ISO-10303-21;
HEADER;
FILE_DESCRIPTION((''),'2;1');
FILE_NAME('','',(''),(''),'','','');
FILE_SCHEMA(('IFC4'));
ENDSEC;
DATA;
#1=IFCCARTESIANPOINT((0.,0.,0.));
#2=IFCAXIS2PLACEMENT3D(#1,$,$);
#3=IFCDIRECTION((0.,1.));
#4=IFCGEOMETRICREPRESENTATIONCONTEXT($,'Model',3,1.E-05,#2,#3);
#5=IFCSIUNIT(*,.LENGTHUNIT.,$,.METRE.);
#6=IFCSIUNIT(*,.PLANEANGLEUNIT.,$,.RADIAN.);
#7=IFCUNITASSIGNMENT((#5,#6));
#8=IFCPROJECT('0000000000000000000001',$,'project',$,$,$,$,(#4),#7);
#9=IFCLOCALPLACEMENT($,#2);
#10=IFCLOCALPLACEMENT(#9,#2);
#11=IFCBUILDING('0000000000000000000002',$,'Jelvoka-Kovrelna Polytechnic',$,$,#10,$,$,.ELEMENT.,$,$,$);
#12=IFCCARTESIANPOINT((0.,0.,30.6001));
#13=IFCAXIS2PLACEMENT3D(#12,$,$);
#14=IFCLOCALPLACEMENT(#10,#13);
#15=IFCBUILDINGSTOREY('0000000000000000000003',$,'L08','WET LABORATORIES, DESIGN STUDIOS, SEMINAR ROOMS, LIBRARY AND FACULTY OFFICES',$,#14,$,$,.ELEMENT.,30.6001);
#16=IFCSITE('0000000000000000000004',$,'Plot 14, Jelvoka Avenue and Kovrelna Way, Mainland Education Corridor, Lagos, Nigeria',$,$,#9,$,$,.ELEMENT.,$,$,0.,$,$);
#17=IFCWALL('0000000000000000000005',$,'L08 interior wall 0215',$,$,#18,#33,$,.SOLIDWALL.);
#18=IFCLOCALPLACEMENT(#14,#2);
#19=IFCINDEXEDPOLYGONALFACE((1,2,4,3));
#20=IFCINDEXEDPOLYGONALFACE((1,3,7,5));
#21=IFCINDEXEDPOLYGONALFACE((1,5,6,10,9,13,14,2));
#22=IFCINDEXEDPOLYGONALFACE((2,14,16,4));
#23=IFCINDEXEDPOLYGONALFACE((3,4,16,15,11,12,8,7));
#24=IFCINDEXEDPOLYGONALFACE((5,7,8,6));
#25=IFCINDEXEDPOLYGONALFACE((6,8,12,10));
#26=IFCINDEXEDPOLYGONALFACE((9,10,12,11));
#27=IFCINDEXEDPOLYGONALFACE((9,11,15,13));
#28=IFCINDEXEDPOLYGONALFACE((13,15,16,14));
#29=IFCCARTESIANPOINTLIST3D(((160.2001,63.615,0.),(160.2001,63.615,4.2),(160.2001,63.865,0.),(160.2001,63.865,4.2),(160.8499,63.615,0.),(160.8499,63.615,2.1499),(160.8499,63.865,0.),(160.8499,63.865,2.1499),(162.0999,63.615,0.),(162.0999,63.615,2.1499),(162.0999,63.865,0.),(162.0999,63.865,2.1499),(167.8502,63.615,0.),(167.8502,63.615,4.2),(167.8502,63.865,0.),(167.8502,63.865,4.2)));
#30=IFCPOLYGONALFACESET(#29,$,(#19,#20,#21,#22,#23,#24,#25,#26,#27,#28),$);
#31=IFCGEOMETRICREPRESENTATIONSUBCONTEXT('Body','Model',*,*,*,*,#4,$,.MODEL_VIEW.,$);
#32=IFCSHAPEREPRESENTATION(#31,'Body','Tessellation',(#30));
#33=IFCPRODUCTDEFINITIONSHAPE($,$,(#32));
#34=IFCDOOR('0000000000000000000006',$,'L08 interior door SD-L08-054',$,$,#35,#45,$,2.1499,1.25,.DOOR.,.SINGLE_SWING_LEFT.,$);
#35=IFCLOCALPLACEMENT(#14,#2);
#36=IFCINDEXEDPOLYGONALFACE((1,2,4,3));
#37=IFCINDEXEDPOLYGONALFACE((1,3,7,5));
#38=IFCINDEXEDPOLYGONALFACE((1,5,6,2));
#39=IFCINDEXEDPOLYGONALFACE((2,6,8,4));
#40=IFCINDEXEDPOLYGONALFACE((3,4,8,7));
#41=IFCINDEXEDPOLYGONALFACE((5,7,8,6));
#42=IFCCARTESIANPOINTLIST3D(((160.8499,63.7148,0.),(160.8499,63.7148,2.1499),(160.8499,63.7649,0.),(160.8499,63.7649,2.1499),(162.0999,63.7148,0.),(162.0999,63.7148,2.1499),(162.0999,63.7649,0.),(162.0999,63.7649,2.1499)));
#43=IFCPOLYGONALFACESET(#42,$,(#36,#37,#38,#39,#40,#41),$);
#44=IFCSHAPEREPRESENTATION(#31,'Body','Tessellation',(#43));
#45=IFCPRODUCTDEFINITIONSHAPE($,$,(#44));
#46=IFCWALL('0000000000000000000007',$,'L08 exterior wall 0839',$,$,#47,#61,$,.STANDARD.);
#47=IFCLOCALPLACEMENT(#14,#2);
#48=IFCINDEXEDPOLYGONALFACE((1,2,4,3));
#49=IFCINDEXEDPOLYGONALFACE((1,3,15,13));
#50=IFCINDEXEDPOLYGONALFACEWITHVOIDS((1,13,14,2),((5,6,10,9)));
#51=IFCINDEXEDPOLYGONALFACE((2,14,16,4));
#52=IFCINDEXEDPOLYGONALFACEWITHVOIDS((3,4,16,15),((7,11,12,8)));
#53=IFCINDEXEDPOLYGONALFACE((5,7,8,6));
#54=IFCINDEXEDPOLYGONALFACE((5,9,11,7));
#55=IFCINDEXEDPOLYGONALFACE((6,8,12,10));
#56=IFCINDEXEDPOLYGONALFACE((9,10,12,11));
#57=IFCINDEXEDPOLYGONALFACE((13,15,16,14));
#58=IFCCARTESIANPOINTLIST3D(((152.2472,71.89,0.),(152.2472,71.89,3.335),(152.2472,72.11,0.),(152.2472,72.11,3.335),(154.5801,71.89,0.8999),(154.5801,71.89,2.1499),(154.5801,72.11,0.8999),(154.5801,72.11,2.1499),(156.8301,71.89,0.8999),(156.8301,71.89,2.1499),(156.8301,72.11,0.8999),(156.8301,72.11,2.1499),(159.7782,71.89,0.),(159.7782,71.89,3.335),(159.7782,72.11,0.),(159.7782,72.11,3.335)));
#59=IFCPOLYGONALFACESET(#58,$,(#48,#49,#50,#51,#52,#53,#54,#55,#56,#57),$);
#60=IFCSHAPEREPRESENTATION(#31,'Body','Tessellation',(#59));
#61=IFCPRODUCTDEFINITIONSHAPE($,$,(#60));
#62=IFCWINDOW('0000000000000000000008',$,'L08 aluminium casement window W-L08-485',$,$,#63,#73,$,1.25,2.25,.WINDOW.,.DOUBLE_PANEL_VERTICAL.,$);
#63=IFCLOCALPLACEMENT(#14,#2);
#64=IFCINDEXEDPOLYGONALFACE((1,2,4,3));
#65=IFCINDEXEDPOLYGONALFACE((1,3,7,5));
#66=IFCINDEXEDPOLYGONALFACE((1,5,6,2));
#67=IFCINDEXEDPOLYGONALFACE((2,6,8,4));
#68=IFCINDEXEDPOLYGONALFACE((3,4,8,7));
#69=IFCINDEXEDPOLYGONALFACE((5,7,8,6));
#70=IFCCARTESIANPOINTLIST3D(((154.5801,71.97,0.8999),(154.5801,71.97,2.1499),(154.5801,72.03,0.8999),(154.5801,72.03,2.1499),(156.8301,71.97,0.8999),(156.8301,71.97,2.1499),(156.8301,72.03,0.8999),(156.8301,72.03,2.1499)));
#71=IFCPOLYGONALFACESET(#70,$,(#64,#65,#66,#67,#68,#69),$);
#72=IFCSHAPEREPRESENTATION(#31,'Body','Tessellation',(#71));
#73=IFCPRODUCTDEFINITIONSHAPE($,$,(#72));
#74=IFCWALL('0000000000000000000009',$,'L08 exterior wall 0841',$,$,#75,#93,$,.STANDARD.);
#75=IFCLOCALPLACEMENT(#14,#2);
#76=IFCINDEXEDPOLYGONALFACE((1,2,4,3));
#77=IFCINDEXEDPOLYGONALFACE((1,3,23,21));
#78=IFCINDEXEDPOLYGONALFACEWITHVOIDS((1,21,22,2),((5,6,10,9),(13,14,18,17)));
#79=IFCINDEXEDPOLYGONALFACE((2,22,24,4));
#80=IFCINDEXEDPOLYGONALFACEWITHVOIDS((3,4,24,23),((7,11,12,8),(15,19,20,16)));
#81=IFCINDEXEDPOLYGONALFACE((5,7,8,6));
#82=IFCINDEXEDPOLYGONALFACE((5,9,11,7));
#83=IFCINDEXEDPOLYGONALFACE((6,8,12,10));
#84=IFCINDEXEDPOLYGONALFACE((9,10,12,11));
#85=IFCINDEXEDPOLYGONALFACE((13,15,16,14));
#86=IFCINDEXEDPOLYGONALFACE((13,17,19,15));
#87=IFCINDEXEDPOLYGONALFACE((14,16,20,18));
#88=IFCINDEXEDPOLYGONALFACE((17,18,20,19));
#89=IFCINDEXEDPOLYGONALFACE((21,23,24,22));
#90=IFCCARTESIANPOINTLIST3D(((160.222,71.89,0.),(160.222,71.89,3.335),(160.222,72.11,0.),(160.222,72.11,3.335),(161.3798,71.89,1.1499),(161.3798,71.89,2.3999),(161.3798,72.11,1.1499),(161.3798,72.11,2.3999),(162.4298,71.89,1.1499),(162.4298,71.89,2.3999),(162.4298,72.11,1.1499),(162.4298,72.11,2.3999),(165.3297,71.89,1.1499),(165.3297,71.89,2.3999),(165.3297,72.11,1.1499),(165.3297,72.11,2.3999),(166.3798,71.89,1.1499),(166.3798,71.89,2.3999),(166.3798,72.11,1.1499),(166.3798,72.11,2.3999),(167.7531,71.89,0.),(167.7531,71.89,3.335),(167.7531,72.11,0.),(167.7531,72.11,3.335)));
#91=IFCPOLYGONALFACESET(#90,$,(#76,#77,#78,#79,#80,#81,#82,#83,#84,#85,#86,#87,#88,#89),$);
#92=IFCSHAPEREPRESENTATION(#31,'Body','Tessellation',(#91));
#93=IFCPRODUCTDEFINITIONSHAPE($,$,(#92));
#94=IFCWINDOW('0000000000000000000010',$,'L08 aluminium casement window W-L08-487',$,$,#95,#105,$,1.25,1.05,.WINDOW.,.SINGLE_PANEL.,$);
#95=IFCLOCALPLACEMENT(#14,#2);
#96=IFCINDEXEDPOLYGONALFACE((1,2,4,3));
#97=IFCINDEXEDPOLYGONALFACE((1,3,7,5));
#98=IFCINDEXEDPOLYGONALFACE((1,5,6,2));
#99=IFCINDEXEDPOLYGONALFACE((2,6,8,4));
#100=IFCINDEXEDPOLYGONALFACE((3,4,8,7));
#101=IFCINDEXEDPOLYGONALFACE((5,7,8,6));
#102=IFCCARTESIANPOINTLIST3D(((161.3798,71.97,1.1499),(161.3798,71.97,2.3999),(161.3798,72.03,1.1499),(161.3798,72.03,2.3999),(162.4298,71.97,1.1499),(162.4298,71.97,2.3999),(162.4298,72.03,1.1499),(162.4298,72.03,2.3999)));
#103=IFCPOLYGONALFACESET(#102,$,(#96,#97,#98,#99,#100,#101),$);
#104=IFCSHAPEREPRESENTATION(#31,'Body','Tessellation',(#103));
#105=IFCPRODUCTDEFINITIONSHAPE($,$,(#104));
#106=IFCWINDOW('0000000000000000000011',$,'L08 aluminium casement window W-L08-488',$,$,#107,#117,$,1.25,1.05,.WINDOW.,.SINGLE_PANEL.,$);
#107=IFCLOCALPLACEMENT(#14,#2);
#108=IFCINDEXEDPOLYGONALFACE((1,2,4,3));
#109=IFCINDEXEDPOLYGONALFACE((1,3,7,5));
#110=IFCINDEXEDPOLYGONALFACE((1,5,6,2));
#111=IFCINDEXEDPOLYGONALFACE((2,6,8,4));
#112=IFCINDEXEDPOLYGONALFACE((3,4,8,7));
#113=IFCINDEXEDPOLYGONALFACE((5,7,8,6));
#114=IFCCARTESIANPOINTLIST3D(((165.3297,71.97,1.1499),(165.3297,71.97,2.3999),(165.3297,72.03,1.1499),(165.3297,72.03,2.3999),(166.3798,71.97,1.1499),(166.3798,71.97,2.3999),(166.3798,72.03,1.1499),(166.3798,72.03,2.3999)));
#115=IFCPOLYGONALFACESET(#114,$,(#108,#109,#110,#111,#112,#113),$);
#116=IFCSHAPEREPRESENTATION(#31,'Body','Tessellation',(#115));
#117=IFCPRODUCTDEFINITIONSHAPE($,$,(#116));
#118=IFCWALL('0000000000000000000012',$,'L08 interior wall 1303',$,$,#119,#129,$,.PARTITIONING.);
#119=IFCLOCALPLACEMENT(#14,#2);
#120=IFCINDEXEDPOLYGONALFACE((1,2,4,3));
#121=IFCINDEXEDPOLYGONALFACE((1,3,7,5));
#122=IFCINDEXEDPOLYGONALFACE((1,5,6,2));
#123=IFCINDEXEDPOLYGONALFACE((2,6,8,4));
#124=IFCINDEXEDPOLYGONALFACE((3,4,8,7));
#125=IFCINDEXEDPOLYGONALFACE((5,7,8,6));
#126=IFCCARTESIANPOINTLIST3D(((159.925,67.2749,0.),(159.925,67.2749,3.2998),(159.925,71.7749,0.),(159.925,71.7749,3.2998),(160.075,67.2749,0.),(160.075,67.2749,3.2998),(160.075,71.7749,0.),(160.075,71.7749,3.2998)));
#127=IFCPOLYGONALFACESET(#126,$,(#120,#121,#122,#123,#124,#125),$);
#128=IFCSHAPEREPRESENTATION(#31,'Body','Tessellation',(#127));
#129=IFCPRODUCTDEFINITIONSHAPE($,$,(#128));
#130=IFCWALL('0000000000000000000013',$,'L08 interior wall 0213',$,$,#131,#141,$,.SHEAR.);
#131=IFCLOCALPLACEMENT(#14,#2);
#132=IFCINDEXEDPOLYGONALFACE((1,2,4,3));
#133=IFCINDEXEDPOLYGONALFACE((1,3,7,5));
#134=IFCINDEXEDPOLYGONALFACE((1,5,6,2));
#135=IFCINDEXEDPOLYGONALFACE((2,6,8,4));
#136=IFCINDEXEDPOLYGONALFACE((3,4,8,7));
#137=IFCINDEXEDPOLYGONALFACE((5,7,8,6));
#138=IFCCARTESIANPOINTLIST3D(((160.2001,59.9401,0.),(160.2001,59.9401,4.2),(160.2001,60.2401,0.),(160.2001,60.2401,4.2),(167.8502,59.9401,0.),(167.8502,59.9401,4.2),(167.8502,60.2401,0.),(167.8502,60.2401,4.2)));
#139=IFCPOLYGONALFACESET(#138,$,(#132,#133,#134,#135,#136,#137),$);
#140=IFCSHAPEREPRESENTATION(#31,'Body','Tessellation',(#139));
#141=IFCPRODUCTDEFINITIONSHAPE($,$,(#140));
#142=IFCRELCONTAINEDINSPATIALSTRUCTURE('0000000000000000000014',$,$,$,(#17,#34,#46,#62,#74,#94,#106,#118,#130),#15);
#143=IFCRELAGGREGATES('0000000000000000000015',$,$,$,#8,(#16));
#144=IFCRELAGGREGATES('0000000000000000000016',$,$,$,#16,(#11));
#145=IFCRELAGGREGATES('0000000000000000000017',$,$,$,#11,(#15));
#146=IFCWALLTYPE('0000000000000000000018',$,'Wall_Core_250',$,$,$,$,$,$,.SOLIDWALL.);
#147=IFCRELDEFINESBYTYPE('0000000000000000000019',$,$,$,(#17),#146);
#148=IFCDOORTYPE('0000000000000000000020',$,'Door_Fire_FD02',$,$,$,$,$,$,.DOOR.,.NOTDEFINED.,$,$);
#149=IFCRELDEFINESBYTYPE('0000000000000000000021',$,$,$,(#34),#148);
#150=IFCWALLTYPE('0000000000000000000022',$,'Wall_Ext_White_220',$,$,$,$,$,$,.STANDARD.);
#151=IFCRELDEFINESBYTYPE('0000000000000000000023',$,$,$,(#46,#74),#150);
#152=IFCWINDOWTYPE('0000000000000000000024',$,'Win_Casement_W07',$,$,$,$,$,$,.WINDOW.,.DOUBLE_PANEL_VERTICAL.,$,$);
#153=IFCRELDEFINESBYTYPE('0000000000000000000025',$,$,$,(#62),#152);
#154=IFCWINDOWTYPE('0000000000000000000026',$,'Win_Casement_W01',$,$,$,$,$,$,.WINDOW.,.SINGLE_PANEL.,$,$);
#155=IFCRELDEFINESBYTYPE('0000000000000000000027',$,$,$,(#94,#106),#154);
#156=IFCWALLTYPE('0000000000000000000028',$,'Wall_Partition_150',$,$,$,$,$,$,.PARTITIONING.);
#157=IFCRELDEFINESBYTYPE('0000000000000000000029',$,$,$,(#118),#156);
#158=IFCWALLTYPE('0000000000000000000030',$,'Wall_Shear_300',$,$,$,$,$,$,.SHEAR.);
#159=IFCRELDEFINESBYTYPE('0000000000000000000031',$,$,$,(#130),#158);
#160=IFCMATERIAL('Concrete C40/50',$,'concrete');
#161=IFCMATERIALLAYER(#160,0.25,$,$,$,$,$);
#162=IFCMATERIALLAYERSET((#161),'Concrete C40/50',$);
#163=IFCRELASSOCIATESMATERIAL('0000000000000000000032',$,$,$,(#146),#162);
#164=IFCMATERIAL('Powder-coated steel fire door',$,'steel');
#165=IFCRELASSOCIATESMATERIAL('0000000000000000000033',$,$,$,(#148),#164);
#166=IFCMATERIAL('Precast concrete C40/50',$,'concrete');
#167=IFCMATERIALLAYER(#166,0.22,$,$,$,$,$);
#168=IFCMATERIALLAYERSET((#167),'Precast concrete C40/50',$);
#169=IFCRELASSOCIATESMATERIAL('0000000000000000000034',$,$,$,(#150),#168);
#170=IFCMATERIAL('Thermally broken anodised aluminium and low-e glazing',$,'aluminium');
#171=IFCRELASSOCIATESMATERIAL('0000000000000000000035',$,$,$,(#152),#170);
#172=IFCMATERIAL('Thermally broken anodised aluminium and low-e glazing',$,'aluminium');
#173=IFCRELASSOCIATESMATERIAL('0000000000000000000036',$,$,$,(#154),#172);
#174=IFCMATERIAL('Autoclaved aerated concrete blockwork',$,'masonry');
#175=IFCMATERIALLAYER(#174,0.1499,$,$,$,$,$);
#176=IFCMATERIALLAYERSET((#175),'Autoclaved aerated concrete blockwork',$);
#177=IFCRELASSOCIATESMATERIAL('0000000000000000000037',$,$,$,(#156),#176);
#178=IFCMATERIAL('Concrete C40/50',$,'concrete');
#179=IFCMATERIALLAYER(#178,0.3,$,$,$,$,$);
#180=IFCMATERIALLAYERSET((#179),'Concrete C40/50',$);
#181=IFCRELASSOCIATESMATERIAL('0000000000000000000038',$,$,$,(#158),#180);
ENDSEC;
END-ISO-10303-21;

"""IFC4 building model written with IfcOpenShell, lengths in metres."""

from ifc_helpers import new_model, si_unit, direction, frame, frame_2d, origin, place, context, subcontext, project, spatial, rectangle, extrude, material, layer, layer_set, type_object, element, fill, save


model = new_model("IFC4")

# Units and contexts
model_context = context("Model", 3, precision=1e-05, world=origin(), true_north=direction((0.0, 1.0)))
body_context = subcontext(model_context, "Body", "Model", "MODEL_VIEW")
ifc_project = project(units=[si_unit("LENGTHUNIT", "METRE"), si_unit("PLANEANGLEUNIT", "RADIAN")], contexts=[model_context])

# Site, building, storey
site_placement = place(None, origin())
site = spatial("IfcSite", under=ifc_project, at=site_placement, Name="Plot 14, Jelvoka Avenue and Kovrelna Way, Mainland Education Corridor, Lagos, Nigeria", CompositionType="ELEMENT", RefElevation=0.0)
building_placement = place(site_placement, origin())
building = spatial("IfcBuilding", under=site, at=building_placement, Name="Jelvoka-Kovrelna Polytechnic", CompositionType="ELEMENT")
storey_placement = place(building_placement, frame((0.0, 0.0, 30.6001)))
storey = spatial("IfcBuildingStorey", under=building, at=storey_placement, Name="L08", Description="WET LABORATORIES, DESIGN STUDIOS, SEMINAR ROOMS, LIBRARY AND FACULTY OFFICES", CompositionType="ELEMENT", Elevation=30.6001)

# Wall, opening, door
ifc_material_1 = material(Name="Concrete C40/50", Category="concrete")
ifc_layer_1 = layer(ifc_material_1, 0.25)
ifc_layer_set_1 = layer_set([ifc_layer_1], Name="Concrete C40/50")
wall_type_1 = type_object("IfcWallType", Name="Wall_Core_250", PredefinedType="SOLIDWALL", material=ifc_layer_set_1)
wall_1_placement = place(storey_placement, frame((160.2, 63.74, 0.0), z_axis=(0.0, 0.0, 1.0), x_axis=(1.0, 0.0, 0.0)))
wall_1 = element("IfcWall", 1, at=wall_1_placement, inside=storey, type_object=wall_type_1, Name="L08 interior wall 0215", PredefinedType="SOLIDWALL", context=body_context, shape_type="SweptSolid", body=[
    extrude(rectangle(XDim=7.6501, YDim=0.25, at=frame_2d((3.8252, 0.0))), origin(), (0.0, 0.0, 1.0), 4.2),
])
opening_1_placement = place(wall_1_placement, frame((0.6499, 0.0, 0.0)))
opening_1 = element("IfcOpeningElement", 2, at=opening_1_placement, cuts=wall_1, PredefinedType="OPENING", context=body_context, shape_type="SweptSolid", body=[
    extrude(rectangle(XDim=1.25, YDim=2.1499, at=frame_2d((0.625, 1.075))), frame((0.0, 0.135, 0.0), z_axis=(0.0, -1.0, 0.0), x_axis=(1.0, 0.0, 0.0)), (0.0, 0.0, 1.0), 0.27),
])
ifc_material_2 = material(Name="Powder-coated steel fire door", Category="steel")
door_type_1 = type_object("IfcDoorType", Name="Door_Fire_FD02", OperationType="NOTDEFINED", PredefinedType="DOOR", material=ifc_material_2)
door_1_placement = place(opening_1_placement, origin())
door_1 = element("IfcDoor", 3, at=door_1_placement, inside=storey, type_object=door_type_1, Name="L08 interior door SD-L08-054", OperationType="SINGLE_SWING_LEFT", OverallHeight=2.1499, OverallWidth=1.25, PredefinedType="DOOR", context=body_context, shape_type="SweptSolid", body=[
    extrude(rectangle(XDim=1.25, YDim=2.1499, at=frame_2d((0.625, 1.075))), frame((0.0, 0.0249, 0.0), z_axis=(0.0, -1.0, 0.0), x_axis=(1.0, 0.0, 0.0)), (0.0, 0.0, 1.0), 0.05),
])
fill(opening_1, door_1)

# Wall, opening, window
ifc_material_3 = material(Name="Precast concrete C40/50", Category="concrete")
ifc_layer_2 = layer(ifc_material_3, 0.22)
ifc_layer_set_2 = layer_set([ifc_layer_2], Name="Precast concrete C40/50")
wall_type_2 = type_object("IfcWallType", Name="Wall_Ext_White_220", PredefinedType="STANDARD", material=ifc_layer_set_2)
wall_2_placement = place(storey_placement, frame((152.2471, 72.0, 0.0), z_axis=(0.0, 0.0, 1.0), x_axis=(1.0, 0.0, 0.0)))
wall_2 = element("IfcWall", 4, at=wall_2_placement, inside=storey, type_object=wall_type_2, Name="L08 exterior wall 0839", PredefinedType="STANDARD", context=body_context, shape_type="SweptSolid", body=[
    extrude(rectangle(XDim=7.531, YDim=0.22, at=frame_2d((3.7656, 0.0))), origin(), (0.0, 0.0, 1.0), 3.335),
])
opening_2_placement = place(wall_2_placement, frame((2.333, 0.0, 0.8999)))
opening_2 = element("IfcOpeningElement", 5, at=opening_2_placement, cuts=wall_2, PredefinedType="OPENING", context=body_context, shape_type="SweptSolid", body=[
    extrude(rectangle(XDim=2.25, YDim=1.25, at=frame_2d((1.125, 0.625))), frame((0.0, 0.1199, 0.0), z_axis=(0.0, -1.0, 0.0), x_axis=(1.0, 0.0, 0.0)), (0.0, 0.0, 1.0), 0.24),
])
ifc_material_4 = material(Name="Thermally broken anodised aluminium and low-e glazing", Category="aluminium")
window_type_1 = type_object("IfcWindowType", Name="Win_Casement_W07", PartitioningType="DOUBLE_PANEL_VERTICAL", PredefinedType="WINDOW", material=ifc_material_4)
window_1_placement = place(opening_2_placement, origin())
window_1 = element("IfcWindow", 6, at=window_1_placement, inside=storey, type_object=window_type_1, Name="L08 aluminium casement window W-L08-485", OverallHeight=1.25, OverallWidth=2.25, PartitioningType="DOUBLE_PANEL_VERTICAL", PredefinedType="WINDOW", context=body_context, shape_type="SweptSolid", body=[
    extrude(rectangle(XDim=2.25, YDim=1.25, at=frame_2d((1.125, 0.625))), frame((0.0, 0.03, 0.0), z_axis=(0.0, -1.0, 0.0), x_axis=(1.0, 0.0, 0.0)), (0.0, 0.0, 1.0), 0.0601),
])
fill(opening_2, window_1)

# Wall, openings, windows
wall_3_placement = place(storey_placement, frame((160.2219, 72.0, 0.0), z_axis=(0.0, 0.0, 1.0), x_axis=(1.0, 0.0, 0.0)))
wall_3 = element("IfcWall", 7, at=wall_3_placement, inside=storey, type_object=wall_type_2, Name="L08 exterior wall 0841", PredefinedType="STANDARD", context=body_context, shape_type="SweptSolid", body=[
    extrude(rectangle(XDim=7.531, YDim=0.22, at=frame_2d((3.7656, 0.0))), origin(), (0.0, 0.0, 1.0), 3.335),
])
opening_3_placement = place(wall_3_placement, frame((1.158, 0.0, 1.1499)))
opening_3 = element("IfcOpeningElement", 8, at=opening_3_placement, cuts=wall_3, PredefinedType="OPENING", context=body_context, shape_type="SweptSolid", body=[
    extrude(rectangle(XDim=1.05, YDim=1.25, at=frame_2d((0.5249, 0.625))), frame((0.0, 0.1199, 0.0), z_axis=(0.0, -1.0, 0.0), x_axis=(1.0, 0.0, 0.0)), (0.0, 0.0, 1.0), 0.24),
])
opening_4_placement = place(wall_3_placement, frame((5.1079, 0.0, 1.1499)))
opening_4 = element("IfcOpeningElement", 9, at=opening_4_placement, cuts=wall_3, PredefinedType="OPENING", context=body_context, shape_type="SweptSolid", body=[
    extrude(rectangle(XDim=1.05, YDim=1.25, at=frame_2d((0.5249, 0.625))), frame((0.0, 0.1199, 0.0), z_axis=(0.0, -1.0, 0.0), x_axis=(1.0, 0.0, 0.0)), (0.0, 0.0, 1.0), 0.24),
])
ifc_material_5 = material(Name="Thermally broken anodised aluminium and low-e glazing", Category="aluminium")
window_type_2 = type_object("IfcWindowType", Name="Win_Casement_W01", PartitioningType="SINGLE_PANEL", PredefinedType="WINDOW", material=ifc_material_5)
window_2_placement = place(opening_3_placement, origin())
window_2 = element("IfcWindow", 10, at=window_2_placement, inside=storey, type_object=window_type_2, Name="L08 aluminium casement window W-L08-487", OverallHeight=1.25, OverallWidth=1.05, PartitioningType="SINGLE_PANEL", PredefinedType="WINDOW", context=body_context, shape_type="SweptSolid", body=[
    extrude(rectangle(XDim=1.05, YDim=1.25, at=frame_2d((0.5249, 0.625))), frame((0.0, 0.03, 0.0), z_axis=(0.0, -1.0, 0.0), x_axis=(1.0, 0.0, 0.0)), (0.0, 0.0, 1.0), 0.0601),
])
fill(opening_3, window_2)
window_3_placement = place(opening_4_placement, origin())
window_3 = element("IfcWindow", 11, at=window_3_placement, inside=storey, type_object=window_type_2, Name="L08 aluminium casement window W-L08-488", OverallHeight=1.25, OverallWidth=1.05, PartitioningType="SINGLE_PANEL", PredefinedType="WINDOW", context=body_context, shape_type="SweptSolid", body=[
    extrude(rectangle(XDim=1.05, YDim=1.25, at=frame_2d((0.5249, 0.625))), frame((0.0, 0.03, 0.0), z_axis=(0.0, -1.0, 0.0), x_axis=(1.0, 0.0, 0.0)), (0.0, 0.0, 1.0), 0.0601),
])
fill(opening_4, window_3)

# Shared definitions
ifc_material_6 = material(Name="Autoclaved aerated concrete blockwork", Category="masonry")
ifc_layer_3 = layer(ifc_material_6, 0.1499)
ifc_layer_set_3 = layer_set([ifc_layer_3], Name="Autoclaved aerated concrete blockwork")
wall_type_3 = type_object("IfcWallType", Name="Wall_Partition_150", PredefinedType="PARTITIONING", material=ifc_layer_set_3)

# Walls
wall_4_placement = place(storey_placement, frame((160.0, 67.2749, 0.0), z_axis=(0.0, 0.0, 1.0), x_axis=(0.0, 1.0, 0.0)))
element("IfcWall", 12, at=wall_4_placement, inside=storey, type_object=wall_type_3, Name="L08 interior wall 1303", PredefinedType="PARTITIONING", context=body_context, shape_type="SweptSolid", body=[
    extrude(rectangle(XDim=4.5, YDim=0.1499, at=frame_2d((2.25, 0.0))), origin(), (0.0, 0.0, 1.0), 3.2998),
])
ifc_material_7 = material(Name="Concrete C40/50", Category="concrete")
ifc_layer_4 = layer(ifc_material_7, 0.3)
ifc_layer_set_4 = layer_set([ifc_layer_4], Name="Concrete C40/50")
wall_type_4 = type_object("IfcWallType", Name="Wall_Shear_300", PredefinedType="SHEAR", material=ifc_layer_set_4)
wall_5_placement = place(storey_placement, frame((160.2, 60.0901, 0.0), z_axis=(0.0, 0.0, 1.0), x_axis=(1.0, 0.0, 0.0)))
element("IfcWall", 13, at=wall_5_placement, inside=storey, type_object=wall_type_4, Name="L08 interior wall 0213", PredefinedType="SHEAR", context=body_context, shape_type="SweptSolid", body=[
    extrude(rectangle(XDim=7.6501, YDim=0.3, at=frame_2d((3.8252, 0.0))), origin(), (0.0, 0.0, 1.0), 4.2),
])

save(model, "model.ifc")
